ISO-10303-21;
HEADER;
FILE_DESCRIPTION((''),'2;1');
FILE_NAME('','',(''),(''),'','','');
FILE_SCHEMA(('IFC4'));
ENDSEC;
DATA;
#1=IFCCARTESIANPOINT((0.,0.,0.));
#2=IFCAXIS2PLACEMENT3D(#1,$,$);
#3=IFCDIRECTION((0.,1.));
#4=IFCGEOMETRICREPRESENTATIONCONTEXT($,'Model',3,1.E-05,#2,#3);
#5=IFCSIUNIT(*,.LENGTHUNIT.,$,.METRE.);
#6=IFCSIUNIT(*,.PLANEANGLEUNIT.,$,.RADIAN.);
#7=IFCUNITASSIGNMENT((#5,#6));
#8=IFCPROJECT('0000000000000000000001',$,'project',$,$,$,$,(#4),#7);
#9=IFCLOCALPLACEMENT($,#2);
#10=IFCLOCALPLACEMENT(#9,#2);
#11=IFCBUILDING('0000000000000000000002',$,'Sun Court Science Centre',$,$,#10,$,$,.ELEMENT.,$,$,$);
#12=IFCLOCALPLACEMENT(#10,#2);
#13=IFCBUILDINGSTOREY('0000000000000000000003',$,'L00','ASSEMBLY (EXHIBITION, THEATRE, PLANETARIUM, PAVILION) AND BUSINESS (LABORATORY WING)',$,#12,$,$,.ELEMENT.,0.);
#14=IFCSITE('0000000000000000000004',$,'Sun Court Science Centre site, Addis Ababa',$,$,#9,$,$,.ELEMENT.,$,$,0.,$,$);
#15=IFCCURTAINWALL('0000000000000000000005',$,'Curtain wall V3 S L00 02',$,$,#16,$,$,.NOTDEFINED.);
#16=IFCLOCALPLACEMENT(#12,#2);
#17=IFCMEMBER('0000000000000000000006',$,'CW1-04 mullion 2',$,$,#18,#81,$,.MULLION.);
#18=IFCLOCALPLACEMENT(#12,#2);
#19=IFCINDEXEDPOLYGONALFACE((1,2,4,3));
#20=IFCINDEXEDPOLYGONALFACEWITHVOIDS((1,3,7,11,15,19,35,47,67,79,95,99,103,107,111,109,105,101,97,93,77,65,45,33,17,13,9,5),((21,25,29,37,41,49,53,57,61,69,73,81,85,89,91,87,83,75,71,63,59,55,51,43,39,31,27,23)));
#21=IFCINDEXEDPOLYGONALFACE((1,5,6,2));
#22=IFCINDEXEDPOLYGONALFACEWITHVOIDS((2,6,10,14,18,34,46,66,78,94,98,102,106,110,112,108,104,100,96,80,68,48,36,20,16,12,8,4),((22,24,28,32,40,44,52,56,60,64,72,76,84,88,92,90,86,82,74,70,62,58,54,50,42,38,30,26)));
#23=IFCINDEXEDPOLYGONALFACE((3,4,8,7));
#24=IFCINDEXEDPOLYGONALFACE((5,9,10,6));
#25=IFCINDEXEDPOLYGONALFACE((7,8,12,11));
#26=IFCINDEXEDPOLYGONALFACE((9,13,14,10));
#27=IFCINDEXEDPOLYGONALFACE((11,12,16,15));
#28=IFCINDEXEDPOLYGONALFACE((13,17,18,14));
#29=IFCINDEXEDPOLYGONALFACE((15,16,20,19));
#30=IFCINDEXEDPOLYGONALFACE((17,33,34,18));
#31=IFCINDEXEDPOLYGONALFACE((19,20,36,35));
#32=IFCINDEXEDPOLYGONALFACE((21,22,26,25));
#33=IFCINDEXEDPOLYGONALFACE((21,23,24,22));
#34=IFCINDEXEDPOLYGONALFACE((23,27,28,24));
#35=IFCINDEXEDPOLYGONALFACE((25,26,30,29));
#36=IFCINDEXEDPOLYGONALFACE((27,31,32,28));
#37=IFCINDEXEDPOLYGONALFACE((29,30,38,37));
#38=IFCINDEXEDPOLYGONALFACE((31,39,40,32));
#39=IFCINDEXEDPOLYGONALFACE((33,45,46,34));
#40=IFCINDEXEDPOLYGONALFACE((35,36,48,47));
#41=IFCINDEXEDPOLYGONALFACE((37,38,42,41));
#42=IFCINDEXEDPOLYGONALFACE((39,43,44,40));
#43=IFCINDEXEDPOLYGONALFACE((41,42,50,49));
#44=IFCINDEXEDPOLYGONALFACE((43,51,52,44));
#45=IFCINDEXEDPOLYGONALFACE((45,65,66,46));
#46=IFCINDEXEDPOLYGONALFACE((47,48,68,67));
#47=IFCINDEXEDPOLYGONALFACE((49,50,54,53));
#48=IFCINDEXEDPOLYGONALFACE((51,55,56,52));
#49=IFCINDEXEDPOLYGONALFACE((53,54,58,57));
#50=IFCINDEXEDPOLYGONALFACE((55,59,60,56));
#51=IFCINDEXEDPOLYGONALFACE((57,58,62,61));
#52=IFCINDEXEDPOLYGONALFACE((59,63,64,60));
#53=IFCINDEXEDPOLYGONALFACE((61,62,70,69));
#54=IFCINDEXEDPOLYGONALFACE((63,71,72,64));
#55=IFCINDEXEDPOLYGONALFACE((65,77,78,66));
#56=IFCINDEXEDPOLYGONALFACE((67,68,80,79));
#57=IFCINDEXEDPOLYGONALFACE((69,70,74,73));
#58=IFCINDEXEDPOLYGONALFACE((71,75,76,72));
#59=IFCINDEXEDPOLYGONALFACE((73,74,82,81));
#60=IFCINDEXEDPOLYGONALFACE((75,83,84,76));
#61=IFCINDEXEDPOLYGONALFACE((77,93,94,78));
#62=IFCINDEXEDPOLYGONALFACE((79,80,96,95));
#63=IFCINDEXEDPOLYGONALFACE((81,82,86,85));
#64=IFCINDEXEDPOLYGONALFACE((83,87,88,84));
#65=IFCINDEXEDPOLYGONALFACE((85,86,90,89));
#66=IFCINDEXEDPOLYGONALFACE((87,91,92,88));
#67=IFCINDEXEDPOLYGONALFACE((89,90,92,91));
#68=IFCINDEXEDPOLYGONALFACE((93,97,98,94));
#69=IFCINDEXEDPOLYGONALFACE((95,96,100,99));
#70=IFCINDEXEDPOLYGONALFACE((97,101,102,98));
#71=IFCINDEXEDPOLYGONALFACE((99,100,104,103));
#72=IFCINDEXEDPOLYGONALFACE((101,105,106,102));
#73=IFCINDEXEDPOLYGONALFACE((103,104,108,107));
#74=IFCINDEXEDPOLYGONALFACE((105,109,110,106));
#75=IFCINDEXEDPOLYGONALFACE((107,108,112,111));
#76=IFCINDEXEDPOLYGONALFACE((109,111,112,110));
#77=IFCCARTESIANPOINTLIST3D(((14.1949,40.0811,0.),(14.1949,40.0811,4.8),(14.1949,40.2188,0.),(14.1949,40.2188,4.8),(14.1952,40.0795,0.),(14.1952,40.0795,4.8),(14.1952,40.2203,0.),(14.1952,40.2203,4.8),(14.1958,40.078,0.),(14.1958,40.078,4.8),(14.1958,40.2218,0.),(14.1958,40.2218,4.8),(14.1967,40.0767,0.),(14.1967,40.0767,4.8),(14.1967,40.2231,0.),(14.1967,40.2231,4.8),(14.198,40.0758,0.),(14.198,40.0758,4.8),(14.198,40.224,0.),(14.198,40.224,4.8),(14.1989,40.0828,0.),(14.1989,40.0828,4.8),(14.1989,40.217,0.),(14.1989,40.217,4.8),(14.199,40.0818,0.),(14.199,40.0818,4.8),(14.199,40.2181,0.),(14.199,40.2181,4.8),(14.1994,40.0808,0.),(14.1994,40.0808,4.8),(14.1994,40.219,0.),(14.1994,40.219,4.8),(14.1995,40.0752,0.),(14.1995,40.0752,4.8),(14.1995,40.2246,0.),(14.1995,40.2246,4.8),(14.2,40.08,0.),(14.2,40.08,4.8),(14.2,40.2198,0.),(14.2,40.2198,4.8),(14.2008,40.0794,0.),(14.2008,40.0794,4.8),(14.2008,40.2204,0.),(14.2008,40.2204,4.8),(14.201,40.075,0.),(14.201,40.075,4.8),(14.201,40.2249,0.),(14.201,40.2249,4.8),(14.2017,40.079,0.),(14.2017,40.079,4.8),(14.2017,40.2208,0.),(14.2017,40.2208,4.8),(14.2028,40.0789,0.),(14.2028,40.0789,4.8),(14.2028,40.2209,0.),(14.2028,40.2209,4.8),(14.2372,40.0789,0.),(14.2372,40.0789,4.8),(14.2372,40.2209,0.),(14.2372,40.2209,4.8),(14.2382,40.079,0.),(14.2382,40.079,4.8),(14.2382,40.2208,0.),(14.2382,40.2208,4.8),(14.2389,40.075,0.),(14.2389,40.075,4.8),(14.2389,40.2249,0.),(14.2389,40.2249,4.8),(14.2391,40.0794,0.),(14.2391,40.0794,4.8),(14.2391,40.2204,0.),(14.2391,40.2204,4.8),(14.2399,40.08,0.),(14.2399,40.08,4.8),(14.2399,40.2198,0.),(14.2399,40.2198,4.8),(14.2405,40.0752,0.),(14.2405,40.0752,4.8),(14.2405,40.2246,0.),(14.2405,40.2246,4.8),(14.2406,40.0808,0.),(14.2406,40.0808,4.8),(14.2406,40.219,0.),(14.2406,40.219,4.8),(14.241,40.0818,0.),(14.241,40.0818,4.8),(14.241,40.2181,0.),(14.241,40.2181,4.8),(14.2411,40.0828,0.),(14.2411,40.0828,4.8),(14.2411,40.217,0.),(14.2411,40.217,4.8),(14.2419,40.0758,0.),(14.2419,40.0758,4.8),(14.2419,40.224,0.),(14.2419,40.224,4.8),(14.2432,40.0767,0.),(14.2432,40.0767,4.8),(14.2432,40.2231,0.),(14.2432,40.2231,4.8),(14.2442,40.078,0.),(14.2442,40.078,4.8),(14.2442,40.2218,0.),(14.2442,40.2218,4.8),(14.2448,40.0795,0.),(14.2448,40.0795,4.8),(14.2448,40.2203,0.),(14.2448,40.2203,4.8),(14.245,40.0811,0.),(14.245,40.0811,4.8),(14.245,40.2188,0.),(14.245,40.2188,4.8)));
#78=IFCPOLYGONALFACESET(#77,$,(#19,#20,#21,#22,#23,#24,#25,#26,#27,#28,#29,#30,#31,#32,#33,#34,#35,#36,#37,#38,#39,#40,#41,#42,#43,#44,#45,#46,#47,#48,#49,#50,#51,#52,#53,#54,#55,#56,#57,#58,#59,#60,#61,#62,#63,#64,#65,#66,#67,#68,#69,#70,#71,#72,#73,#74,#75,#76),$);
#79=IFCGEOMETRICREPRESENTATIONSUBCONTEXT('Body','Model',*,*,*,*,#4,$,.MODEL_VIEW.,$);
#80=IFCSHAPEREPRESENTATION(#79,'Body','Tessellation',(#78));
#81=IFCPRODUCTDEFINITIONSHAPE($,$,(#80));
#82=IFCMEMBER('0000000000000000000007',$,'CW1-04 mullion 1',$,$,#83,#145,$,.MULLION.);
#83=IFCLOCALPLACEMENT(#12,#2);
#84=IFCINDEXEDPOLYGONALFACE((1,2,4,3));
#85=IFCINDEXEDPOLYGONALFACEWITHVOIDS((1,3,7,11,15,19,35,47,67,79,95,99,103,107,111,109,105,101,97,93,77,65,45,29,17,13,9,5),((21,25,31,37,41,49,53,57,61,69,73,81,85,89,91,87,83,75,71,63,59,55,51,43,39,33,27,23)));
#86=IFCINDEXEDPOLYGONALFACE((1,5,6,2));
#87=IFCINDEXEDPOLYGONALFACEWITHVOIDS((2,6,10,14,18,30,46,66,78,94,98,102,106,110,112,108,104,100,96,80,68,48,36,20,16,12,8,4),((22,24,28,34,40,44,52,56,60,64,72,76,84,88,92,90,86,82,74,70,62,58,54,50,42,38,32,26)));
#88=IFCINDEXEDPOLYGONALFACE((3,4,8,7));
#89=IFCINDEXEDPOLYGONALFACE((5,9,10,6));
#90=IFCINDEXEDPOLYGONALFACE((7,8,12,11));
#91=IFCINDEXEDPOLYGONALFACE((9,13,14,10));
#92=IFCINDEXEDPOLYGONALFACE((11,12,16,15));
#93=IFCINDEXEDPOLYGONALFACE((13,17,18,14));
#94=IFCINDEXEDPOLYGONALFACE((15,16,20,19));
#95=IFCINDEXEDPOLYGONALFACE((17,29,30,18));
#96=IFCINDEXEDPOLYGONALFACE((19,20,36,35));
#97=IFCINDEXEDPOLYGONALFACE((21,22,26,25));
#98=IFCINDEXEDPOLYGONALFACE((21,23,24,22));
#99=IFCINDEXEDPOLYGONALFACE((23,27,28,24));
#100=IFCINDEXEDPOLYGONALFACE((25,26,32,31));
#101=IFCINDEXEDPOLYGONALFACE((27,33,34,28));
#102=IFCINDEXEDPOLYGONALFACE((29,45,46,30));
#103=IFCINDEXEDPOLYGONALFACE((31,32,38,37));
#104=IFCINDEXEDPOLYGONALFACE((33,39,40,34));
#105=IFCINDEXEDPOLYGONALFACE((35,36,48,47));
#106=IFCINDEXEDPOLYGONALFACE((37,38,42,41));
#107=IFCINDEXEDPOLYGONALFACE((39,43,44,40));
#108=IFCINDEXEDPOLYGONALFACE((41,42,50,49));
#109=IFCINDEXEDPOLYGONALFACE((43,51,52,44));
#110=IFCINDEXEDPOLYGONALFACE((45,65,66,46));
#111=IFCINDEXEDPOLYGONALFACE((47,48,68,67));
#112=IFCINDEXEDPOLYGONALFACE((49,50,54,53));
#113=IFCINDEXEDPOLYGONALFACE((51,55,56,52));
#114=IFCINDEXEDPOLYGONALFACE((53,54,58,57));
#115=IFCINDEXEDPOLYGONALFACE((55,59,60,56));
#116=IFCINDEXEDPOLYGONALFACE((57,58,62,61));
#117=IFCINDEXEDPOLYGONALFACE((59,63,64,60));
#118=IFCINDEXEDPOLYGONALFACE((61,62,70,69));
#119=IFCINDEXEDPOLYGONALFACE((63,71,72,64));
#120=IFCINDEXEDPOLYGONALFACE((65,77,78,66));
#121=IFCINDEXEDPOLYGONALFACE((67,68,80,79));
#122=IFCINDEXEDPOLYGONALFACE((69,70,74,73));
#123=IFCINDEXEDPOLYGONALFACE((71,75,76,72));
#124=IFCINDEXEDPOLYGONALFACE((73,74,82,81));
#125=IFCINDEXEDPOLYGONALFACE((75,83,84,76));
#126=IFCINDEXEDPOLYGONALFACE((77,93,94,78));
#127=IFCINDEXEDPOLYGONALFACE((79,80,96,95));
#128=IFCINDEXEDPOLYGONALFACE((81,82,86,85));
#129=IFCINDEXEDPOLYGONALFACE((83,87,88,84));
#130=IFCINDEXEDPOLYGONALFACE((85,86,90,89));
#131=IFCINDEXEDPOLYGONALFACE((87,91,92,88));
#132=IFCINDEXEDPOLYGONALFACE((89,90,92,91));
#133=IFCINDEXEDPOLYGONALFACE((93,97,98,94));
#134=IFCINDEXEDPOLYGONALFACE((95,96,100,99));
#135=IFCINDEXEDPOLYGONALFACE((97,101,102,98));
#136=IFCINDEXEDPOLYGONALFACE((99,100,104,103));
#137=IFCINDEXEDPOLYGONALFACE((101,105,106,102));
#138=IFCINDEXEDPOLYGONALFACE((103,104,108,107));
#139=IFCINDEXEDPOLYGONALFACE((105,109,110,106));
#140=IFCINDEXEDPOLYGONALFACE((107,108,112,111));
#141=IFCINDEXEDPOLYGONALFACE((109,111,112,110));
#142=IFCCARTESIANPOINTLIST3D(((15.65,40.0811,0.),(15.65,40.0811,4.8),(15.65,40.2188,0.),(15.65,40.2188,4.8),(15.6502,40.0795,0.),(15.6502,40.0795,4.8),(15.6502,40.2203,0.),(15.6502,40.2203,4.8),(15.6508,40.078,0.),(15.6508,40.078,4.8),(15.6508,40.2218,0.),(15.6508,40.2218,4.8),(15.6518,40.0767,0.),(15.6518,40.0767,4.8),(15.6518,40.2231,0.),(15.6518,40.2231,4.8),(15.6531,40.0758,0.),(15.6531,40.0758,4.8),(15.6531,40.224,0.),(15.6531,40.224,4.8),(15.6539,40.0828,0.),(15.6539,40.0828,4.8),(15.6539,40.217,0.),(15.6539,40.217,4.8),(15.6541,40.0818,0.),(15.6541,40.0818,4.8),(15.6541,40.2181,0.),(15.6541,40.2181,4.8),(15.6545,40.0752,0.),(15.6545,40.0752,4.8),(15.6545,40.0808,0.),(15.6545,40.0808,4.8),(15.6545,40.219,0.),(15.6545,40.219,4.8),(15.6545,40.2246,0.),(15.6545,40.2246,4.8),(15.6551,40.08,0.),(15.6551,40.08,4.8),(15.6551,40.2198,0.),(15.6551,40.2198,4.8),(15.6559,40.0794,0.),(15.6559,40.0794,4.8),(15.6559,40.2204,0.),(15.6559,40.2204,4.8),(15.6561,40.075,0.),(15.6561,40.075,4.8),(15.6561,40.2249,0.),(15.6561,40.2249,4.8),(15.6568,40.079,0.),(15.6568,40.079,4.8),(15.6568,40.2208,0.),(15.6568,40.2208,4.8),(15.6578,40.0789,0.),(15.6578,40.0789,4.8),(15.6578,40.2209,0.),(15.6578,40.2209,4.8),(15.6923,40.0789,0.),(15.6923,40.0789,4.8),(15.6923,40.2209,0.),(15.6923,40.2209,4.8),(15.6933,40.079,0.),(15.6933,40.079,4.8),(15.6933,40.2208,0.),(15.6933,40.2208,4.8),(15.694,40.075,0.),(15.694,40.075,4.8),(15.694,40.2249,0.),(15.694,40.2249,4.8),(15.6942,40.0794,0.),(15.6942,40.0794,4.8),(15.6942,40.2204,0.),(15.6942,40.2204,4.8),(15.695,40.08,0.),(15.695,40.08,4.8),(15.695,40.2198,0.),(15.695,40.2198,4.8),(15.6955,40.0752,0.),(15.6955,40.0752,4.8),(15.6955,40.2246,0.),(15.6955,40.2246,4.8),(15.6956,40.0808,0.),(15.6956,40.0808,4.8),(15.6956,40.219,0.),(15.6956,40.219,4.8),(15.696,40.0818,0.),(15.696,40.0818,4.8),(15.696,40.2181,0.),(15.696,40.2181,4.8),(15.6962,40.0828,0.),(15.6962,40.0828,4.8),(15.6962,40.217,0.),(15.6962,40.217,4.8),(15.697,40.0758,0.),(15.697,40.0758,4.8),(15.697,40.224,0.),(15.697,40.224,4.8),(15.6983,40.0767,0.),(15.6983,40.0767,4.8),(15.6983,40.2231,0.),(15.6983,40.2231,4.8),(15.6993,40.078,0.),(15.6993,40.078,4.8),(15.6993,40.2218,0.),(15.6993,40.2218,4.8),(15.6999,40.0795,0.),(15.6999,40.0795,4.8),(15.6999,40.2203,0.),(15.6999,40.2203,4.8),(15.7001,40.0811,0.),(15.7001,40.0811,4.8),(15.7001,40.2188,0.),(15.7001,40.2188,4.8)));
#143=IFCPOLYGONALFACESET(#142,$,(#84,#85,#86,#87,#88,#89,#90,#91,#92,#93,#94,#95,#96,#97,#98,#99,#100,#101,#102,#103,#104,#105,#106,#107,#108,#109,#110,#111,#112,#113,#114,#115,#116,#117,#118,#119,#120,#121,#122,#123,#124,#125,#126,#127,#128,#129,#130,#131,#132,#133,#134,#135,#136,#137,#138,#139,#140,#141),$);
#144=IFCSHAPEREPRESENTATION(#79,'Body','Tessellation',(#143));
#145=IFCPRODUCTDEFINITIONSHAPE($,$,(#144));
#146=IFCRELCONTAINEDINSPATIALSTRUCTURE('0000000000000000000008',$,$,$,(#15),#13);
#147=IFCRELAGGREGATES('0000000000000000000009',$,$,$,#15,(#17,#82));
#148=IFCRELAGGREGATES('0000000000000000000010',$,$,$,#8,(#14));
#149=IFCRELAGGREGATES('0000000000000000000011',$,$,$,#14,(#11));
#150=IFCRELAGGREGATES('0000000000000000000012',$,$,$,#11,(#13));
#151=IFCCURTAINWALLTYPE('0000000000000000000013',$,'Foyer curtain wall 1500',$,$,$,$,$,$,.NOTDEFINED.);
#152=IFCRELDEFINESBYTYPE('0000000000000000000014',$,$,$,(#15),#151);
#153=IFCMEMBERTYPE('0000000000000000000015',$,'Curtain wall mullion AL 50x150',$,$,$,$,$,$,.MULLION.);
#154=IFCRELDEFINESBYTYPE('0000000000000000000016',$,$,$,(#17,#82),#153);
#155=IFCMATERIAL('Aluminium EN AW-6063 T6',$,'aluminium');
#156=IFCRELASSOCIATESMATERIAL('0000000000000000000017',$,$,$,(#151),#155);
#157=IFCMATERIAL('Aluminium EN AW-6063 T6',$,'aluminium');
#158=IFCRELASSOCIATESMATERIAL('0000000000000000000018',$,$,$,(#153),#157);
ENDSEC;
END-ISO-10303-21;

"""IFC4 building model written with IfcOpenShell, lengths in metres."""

from ifc_helpers import new_model, si_unit, direction, frame, origin, origin_2d, place, context, subcontext, project, spatial, hollow_rectangle, extrude, material, material_profile, profile_set, type_object, element, aggregate, save


model = new_model("IFC4")

# Units and contexts
model_context = context("Model", 3, precision=1e-05, world=origin(), true_north=direction((0.0, 1.0)))
body_context = subcontext(model_context, "Body", "Model", "MODEL_VIEW")
ifc_project = project(units=[si_unit("LENGTHUNIT", "METRE"), si_unit("PLANEANGLEUNIT", "RADIAN")], contexts=[model_context])

# Site, building, storey
site_placement = place(None, origin())
site = spatial("IfcSite", under=ifc_project, at=site_placement, Name="Sun Court Science Centre site, Addis Ababa", CompositionType="ELEMENT", RefElevation=0.0)
building_placement = place(site_placement, origin())
building = spatial("IfcBuilding", under=site, at=building_placement, Name="Sun Court Science Centre", CompositionType="ELEMENT")
storey_placement = place(building_placement, origin())
storey = spatial("IfcBuildingStorey", under=building, at=storey_placement, Name="L00", Description="ASSEMBLY (EXHIBITION, THEATRE, PLANETARIUM, PAVILION) AND BUSINESS (LABORATORY WING)", CompositionType="ELEMENT", Elevation=0.0)

# Curtain wall, members
ifc_material_1 = material(Name="Aluminium EN AW-6063 T6", Category="aluminium")
curtain_wall_type = type_object("IfcCurtainWallType", Name="Foyer curtain wall 1500", PredefinedType="NOTDEFINED", material=ifc_material_1)
ifc_material_2 = material(Name="Aluminium EN AW-6063 T6", Category="aluminium")
ifc_material_profile_1 = material_profile(ifc_material_2, hollow_rectangle(XDim=0.05, YDim=0.1499, WallThickness=0.0039, InnerFilletRadius=0.0039, OuterFilletRadius=0.0061, at=origin_2d()), Name="AL 50x150x4")
ifc_profile_set_1 = profile_set([ifc_material_profile_1], Name="Aluminium EN AW-6063 T6")
member_type_1 = type_object("IfcMemberType", Name="Curtain wall mullion AL 50x150", PredefinedType="MULLION", material=ifc_profile_set_1)
curtain_wall_1_placement = place(storey_placement, origin())
curtain_wall_1 = element("IfcCurtainWall", 1, at=curtain_wall_1_placement, inside=storey, type_object=curtain_wall_type, Name="Curtain wall V3 S L00 02", PredefinedType="NOTDEFINED")
member_1_placement = place(storey_placement, frame((14.22, 40.1499, 0.0), z_axis=(0.0, 0.0, 1.0), x_axis=(-1.0, 0.0, 0.0)))
member_1 = element("IfcMember", 2, at=member_1_placement, type_object=member_type_1, Name="CW1-04 mullion 2", PredefinedType="MULLION", context=body_context, shape_type="SweptSolid", body=[
    extrude(hollow_rectangle(XDim=0.05, YDim=0.1499, WallThickness=0.0039, InnerFilletRadius=0.0039, OuterFilletRadius=0.0061, at=origin_2d()), origin(), (0.0, 0.0, 1.0), 4.8),
])
member_2_placement = place(storey_placement, frame((15.675, 40.1499, 0.0), z_axis=(0.0, 0.0, 1.0), x_axis=(-1.0, 0.0, 0.0)))
member_2 = element("IfcMember", 3, at=member_2_placement, type_object=member_type_1, Name="CW1-04 mullion 1", PredefinedType="MULLION", context=body_context, shape_type="SweptSolid", body=[
    extrude(hollow_rectangle(XDim=0.05, YDim=0.1499, WallThickness=0.0039, InnerFilletRadius=0.0039, OuterFilletRadius=0.0061, at=origin_2d()), origin(), (0.0, 0.0, 1.0), 4.8),
])

aggregate(curtain_wall_1, [member_1, member_2])

save(model, "model.ifc")
